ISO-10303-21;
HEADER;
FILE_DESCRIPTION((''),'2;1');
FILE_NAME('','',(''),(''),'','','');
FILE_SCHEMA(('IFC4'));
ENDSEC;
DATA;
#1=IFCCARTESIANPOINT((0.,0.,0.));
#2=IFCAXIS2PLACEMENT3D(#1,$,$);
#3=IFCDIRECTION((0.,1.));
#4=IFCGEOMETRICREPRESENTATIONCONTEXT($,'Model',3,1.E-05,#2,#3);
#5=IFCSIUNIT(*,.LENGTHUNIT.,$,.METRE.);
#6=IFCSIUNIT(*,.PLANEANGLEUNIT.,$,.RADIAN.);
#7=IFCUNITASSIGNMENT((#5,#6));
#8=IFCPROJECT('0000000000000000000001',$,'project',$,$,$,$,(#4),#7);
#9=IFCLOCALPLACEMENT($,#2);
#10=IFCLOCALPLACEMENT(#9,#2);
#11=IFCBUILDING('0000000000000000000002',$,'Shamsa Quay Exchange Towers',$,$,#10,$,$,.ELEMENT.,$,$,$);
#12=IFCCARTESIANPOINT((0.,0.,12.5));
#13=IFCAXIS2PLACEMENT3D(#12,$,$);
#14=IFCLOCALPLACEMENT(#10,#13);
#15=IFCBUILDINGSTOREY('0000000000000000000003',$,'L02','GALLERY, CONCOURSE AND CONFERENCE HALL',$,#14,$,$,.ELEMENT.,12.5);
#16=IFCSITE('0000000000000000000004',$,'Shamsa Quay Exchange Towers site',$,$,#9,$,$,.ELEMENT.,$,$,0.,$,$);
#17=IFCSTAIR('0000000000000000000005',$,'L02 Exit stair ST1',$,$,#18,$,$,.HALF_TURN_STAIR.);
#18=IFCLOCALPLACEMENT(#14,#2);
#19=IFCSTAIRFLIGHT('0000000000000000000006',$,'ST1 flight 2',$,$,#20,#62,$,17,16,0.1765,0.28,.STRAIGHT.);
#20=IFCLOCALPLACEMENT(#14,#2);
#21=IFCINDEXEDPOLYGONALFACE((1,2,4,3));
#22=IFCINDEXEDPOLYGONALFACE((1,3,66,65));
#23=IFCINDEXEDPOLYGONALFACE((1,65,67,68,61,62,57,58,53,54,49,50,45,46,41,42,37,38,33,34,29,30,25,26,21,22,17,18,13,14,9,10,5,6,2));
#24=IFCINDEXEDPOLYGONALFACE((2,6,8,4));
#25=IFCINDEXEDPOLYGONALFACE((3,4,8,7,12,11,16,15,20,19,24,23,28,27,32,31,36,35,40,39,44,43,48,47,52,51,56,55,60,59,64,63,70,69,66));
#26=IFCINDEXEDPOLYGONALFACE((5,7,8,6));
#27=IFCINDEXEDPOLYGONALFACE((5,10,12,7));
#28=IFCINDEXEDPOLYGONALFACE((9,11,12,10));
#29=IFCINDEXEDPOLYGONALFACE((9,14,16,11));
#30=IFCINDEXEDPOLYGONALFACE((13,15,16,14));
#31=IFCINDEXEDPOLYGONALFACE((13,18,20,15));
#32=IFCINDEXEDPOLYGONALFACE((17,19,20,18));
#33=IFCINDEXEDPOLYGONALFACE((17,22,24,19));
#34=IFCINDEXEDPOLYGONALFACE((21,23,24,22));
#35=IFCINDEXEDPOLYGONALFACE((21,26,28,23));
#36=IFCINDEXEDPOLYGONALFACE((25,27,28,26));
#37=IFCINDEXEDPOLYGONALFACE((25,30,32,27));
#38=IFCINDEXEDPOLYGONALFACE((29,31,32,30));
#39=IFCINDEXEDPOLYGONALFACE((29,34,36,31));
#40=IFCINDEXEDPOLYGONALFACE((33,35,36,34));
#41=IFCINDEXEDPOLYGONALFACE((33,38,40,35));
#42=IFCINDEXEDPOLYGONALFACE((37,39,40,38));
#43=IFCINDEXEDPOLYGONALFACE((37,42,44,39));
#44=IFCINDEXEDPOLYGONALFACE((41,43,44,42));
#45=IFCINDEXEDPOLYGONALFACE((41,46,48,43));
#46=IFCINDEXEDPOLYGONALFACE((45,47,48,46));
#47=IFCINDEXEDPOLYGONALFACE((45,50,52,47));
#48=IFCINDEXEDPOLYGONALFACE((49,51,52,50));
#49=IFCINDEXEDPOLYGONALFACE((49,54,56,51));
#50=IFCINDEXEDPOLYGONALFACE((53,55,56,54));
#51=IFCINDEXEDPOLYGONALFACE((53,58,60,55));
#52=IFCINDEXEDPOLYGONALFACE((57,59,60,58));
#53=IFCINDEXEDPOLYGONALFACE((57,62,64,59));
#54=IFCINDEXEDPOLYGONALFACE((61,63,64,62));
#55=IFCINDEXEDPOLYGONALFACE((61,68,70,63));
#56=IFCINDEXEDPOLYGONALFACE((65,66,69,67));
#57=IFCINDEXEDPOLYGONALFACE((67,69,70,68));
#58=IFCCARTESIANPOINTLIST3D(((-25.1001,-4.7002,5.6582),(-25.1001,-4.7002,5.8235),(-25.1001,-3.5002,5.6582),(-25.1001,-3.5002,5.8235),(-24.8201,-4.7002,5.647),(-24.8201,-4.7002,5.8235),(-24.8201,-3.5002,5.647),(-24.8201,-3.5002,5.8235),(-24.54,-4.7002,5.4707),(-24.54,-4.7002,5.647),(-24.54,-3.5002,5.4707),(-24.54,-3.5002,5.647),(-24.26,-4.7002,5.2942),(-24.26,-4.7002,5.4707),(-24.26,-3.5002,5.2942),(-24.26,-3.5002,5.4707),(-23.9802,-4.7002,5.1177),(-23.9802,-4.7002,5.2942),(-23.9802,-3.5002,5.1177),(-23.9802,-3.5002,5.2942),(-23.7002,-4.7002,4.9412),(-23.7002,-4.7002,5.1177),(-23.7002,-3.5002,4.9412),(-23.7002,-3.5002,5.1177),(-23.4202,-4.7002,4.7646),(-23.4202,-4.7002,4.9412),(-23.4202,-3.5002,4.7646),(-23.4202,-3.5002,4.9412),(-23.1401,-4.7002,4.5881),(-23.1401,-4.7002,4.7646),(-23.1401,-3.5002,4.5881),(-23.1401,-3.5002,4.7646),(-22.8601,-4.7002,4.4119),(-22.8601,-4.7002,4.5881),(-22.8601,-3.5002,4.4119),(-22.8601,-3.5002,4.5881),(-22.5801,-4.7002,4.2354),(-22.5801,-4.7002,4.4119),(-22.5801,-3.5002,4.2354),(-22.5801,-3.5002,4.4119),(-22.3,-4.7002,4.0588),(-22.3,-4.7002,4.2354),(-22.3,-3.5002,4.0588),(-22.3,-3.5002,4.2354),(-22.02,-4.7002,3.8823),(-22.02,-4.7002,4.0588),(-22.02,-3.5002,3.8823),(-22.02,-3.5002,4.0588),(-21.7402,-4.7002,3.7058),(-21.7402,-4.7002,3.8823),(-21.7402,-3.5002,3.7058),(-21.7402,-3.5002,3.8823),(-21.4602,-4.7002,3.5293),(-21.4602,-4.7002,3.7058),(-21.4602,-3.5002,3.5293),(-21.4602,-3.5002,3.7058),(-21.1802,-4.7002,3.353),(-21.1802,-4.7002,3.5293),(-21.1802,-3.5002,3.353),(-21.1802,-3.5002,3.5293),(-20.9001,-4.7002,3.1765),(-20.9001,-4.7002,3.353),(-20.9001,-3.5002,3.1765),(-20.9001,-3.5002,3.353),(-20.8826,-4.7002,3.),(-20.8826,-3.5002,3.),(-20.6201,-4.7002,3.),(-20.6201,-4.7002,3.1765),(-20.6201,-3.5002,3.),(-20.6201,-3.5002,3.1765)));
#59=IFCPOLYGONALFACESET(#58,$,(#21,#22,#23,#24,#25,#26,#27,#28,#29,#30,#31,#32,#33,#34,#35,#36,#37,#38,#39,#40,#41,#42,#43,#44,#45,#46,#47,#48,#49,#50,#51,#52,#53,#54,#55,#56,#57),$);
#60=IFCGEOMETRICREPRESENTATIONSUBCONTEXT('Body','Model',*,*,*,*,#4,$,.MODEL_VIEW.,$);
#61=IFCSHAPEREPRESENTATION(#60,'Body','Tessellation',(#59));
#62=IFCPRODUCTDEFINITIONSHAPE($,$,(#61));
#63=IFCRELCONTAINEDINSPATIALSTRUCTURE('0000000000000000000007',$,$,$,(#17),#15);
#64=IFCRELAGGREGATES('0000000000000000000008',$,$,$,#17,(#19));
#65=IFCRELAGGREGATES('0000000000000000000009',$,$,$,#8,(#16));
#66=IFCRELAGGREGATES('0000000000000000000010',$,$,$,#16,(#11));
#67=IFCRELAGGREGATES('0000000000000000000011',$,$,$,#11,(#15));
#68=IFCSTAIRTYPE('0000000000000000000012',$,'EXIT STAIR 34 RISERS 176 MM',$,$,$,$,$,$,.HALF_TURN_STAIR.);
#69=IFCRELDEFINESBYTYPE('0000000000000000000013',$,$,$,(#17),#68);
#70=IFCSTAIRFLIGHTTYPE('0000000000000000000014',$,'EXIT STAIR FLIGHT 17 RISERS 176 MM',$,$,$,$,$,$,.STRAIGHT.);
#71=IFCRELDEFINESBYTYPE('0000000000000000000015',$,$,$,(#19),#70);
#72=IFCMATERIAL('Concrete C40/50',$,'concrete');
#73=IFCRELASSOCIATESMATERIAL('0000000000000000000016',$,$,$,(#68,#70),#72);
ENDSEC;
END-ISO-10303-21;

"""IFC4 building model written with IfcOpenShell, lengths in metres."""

from ifc_helpers import new_model, si_unit, direction, frame, origin, place, context, subcontext, project, spatial, polyline, outline, extrude, material, type_object, element, aggregate, save


model = new_model("IFC4")

# Units and contexts
model_context = context("Model", 3, precision=1e-05, world=origin(), true_north=direction((0.0, 1.0)))
body_context = subcontext(model_context, "Body", "Model", "MODEL_VIEW")
ifc_project = project(units=[si_unit("LENGTHUNIT", "METRE"), si_unit("PLANEANGLEUNIT", "RADIAN")], contexts=[model_context])

# Site, building, storey
site_placement = place(None, origin())
site = spatial("IfcSite", under=ifc_project, at=site_placement, Name="Shamsa Quay Exchange Towers site", CompositionType="ELEMENT", RefElevation=0.0)
building_placement = place(site_placement, origin())
building = spatial("IfcBuilding", under=site, at=building_placement, Name="Shamsa Quay Exchange Towers", CompositionType="ELEMENT")
storey_placement = place(building_placement, frame((0.0, 0.0, 12.5)))
storey = spatial("IfcBuildingStorey", under=building, at=storey_placement, Name="L02", Description="GALLERY, CONCOURSE AND CONFERENCE HALL", CompositionType="ELEMENT", Elevation=12.5)

# Stair, stair flight
ifc_material_1 = material(Name="Concrete C40/50", Category="concrete")
stair_type = type_object("IfcStairType", Name="EXIT STAIR 34 RISERS 176 MM", PredefinedType="HALF_TURN_STAIR", material=ifc_material_1)
stair_placement = place(storey_placement, origin())
stair = element("IfcStair", 1, at=stair_placement, inside=storey, type_object=stair_type, Name="L02 Exit stair ST1", PredefinedType="HALF_TURN_STAIR")
stair_flight_type = type_object("IfcStairFlightType", Name="EXIT STAIR FLIGHT 17 RISERS 176 MM", PredefinedType="STRAIGHT", material=ifc_material_1)
stair_flight_placement = place(storey_placement, frame((-20.6201, -4.1001, 3.0), z_axis=(0.0, 0.0, 1.0), x_axis=(-1.0, 0.0, 0.0)))
stair_flight = element("IfcStairFlight", 2, at=stair_flight_placement, type_object=stair_flight_type, Name="ST1 flight 2", NumberOfRisers=17, NumberOfTreads=16, PredefinedType="STRAIGHT", RiserHeight=0.1765, TreadLength=0.28, context=body_context, shape_type="SweptSolid", body=[
    extrude(outline(polyline([(0.0, 0.0), (0.0, 0.1765), (0.28, 0.1765), (0.28, 0.353), (0.5601, 0.353), (0.5601, 0.5293), (0.8401, 0.5293), (0.8401, 0.7058), (1.1201, 0.7058), (1.1201, 0.8823), (1.3999, 0.8823), (1.3999, 1.0588), (1.6799, 1.0588), (1.6799, 1.2354), (1.96, 1.2354), (1.96, 1.4119), (2.24, 1.4119), (2.24, 1.5881), (2.52, 1.5881), (2.52, 1.7646), (2.8, 1.7646), (2.8, 1.9412), (3.0801, 1.9412), (3.0801, 2.1177), (3.3601, 2.1177), (3.3601, 2.2942), (3.6399, 2.2942), (3.6399, 2.4707), (3.9199, 2.4707), (3.9199, 2.647), (4.2, 2.647), (4.2, 2.8235), (4.48, 2.8235), (4.48, 3.0), (4.48, 2.6582), (0.2625, 0.0), (0.0, 0.0)])), frame((0.0, 0.6001, 0.0), z_axis=(0.0, -1.0, 0.0), x_axis=(1.0, 0.0, 0.0)), (0.0, 0.0, 1.0), 1.2),
])
aggregate(stair, [stair_flight])

save(model, "model.ifc")
